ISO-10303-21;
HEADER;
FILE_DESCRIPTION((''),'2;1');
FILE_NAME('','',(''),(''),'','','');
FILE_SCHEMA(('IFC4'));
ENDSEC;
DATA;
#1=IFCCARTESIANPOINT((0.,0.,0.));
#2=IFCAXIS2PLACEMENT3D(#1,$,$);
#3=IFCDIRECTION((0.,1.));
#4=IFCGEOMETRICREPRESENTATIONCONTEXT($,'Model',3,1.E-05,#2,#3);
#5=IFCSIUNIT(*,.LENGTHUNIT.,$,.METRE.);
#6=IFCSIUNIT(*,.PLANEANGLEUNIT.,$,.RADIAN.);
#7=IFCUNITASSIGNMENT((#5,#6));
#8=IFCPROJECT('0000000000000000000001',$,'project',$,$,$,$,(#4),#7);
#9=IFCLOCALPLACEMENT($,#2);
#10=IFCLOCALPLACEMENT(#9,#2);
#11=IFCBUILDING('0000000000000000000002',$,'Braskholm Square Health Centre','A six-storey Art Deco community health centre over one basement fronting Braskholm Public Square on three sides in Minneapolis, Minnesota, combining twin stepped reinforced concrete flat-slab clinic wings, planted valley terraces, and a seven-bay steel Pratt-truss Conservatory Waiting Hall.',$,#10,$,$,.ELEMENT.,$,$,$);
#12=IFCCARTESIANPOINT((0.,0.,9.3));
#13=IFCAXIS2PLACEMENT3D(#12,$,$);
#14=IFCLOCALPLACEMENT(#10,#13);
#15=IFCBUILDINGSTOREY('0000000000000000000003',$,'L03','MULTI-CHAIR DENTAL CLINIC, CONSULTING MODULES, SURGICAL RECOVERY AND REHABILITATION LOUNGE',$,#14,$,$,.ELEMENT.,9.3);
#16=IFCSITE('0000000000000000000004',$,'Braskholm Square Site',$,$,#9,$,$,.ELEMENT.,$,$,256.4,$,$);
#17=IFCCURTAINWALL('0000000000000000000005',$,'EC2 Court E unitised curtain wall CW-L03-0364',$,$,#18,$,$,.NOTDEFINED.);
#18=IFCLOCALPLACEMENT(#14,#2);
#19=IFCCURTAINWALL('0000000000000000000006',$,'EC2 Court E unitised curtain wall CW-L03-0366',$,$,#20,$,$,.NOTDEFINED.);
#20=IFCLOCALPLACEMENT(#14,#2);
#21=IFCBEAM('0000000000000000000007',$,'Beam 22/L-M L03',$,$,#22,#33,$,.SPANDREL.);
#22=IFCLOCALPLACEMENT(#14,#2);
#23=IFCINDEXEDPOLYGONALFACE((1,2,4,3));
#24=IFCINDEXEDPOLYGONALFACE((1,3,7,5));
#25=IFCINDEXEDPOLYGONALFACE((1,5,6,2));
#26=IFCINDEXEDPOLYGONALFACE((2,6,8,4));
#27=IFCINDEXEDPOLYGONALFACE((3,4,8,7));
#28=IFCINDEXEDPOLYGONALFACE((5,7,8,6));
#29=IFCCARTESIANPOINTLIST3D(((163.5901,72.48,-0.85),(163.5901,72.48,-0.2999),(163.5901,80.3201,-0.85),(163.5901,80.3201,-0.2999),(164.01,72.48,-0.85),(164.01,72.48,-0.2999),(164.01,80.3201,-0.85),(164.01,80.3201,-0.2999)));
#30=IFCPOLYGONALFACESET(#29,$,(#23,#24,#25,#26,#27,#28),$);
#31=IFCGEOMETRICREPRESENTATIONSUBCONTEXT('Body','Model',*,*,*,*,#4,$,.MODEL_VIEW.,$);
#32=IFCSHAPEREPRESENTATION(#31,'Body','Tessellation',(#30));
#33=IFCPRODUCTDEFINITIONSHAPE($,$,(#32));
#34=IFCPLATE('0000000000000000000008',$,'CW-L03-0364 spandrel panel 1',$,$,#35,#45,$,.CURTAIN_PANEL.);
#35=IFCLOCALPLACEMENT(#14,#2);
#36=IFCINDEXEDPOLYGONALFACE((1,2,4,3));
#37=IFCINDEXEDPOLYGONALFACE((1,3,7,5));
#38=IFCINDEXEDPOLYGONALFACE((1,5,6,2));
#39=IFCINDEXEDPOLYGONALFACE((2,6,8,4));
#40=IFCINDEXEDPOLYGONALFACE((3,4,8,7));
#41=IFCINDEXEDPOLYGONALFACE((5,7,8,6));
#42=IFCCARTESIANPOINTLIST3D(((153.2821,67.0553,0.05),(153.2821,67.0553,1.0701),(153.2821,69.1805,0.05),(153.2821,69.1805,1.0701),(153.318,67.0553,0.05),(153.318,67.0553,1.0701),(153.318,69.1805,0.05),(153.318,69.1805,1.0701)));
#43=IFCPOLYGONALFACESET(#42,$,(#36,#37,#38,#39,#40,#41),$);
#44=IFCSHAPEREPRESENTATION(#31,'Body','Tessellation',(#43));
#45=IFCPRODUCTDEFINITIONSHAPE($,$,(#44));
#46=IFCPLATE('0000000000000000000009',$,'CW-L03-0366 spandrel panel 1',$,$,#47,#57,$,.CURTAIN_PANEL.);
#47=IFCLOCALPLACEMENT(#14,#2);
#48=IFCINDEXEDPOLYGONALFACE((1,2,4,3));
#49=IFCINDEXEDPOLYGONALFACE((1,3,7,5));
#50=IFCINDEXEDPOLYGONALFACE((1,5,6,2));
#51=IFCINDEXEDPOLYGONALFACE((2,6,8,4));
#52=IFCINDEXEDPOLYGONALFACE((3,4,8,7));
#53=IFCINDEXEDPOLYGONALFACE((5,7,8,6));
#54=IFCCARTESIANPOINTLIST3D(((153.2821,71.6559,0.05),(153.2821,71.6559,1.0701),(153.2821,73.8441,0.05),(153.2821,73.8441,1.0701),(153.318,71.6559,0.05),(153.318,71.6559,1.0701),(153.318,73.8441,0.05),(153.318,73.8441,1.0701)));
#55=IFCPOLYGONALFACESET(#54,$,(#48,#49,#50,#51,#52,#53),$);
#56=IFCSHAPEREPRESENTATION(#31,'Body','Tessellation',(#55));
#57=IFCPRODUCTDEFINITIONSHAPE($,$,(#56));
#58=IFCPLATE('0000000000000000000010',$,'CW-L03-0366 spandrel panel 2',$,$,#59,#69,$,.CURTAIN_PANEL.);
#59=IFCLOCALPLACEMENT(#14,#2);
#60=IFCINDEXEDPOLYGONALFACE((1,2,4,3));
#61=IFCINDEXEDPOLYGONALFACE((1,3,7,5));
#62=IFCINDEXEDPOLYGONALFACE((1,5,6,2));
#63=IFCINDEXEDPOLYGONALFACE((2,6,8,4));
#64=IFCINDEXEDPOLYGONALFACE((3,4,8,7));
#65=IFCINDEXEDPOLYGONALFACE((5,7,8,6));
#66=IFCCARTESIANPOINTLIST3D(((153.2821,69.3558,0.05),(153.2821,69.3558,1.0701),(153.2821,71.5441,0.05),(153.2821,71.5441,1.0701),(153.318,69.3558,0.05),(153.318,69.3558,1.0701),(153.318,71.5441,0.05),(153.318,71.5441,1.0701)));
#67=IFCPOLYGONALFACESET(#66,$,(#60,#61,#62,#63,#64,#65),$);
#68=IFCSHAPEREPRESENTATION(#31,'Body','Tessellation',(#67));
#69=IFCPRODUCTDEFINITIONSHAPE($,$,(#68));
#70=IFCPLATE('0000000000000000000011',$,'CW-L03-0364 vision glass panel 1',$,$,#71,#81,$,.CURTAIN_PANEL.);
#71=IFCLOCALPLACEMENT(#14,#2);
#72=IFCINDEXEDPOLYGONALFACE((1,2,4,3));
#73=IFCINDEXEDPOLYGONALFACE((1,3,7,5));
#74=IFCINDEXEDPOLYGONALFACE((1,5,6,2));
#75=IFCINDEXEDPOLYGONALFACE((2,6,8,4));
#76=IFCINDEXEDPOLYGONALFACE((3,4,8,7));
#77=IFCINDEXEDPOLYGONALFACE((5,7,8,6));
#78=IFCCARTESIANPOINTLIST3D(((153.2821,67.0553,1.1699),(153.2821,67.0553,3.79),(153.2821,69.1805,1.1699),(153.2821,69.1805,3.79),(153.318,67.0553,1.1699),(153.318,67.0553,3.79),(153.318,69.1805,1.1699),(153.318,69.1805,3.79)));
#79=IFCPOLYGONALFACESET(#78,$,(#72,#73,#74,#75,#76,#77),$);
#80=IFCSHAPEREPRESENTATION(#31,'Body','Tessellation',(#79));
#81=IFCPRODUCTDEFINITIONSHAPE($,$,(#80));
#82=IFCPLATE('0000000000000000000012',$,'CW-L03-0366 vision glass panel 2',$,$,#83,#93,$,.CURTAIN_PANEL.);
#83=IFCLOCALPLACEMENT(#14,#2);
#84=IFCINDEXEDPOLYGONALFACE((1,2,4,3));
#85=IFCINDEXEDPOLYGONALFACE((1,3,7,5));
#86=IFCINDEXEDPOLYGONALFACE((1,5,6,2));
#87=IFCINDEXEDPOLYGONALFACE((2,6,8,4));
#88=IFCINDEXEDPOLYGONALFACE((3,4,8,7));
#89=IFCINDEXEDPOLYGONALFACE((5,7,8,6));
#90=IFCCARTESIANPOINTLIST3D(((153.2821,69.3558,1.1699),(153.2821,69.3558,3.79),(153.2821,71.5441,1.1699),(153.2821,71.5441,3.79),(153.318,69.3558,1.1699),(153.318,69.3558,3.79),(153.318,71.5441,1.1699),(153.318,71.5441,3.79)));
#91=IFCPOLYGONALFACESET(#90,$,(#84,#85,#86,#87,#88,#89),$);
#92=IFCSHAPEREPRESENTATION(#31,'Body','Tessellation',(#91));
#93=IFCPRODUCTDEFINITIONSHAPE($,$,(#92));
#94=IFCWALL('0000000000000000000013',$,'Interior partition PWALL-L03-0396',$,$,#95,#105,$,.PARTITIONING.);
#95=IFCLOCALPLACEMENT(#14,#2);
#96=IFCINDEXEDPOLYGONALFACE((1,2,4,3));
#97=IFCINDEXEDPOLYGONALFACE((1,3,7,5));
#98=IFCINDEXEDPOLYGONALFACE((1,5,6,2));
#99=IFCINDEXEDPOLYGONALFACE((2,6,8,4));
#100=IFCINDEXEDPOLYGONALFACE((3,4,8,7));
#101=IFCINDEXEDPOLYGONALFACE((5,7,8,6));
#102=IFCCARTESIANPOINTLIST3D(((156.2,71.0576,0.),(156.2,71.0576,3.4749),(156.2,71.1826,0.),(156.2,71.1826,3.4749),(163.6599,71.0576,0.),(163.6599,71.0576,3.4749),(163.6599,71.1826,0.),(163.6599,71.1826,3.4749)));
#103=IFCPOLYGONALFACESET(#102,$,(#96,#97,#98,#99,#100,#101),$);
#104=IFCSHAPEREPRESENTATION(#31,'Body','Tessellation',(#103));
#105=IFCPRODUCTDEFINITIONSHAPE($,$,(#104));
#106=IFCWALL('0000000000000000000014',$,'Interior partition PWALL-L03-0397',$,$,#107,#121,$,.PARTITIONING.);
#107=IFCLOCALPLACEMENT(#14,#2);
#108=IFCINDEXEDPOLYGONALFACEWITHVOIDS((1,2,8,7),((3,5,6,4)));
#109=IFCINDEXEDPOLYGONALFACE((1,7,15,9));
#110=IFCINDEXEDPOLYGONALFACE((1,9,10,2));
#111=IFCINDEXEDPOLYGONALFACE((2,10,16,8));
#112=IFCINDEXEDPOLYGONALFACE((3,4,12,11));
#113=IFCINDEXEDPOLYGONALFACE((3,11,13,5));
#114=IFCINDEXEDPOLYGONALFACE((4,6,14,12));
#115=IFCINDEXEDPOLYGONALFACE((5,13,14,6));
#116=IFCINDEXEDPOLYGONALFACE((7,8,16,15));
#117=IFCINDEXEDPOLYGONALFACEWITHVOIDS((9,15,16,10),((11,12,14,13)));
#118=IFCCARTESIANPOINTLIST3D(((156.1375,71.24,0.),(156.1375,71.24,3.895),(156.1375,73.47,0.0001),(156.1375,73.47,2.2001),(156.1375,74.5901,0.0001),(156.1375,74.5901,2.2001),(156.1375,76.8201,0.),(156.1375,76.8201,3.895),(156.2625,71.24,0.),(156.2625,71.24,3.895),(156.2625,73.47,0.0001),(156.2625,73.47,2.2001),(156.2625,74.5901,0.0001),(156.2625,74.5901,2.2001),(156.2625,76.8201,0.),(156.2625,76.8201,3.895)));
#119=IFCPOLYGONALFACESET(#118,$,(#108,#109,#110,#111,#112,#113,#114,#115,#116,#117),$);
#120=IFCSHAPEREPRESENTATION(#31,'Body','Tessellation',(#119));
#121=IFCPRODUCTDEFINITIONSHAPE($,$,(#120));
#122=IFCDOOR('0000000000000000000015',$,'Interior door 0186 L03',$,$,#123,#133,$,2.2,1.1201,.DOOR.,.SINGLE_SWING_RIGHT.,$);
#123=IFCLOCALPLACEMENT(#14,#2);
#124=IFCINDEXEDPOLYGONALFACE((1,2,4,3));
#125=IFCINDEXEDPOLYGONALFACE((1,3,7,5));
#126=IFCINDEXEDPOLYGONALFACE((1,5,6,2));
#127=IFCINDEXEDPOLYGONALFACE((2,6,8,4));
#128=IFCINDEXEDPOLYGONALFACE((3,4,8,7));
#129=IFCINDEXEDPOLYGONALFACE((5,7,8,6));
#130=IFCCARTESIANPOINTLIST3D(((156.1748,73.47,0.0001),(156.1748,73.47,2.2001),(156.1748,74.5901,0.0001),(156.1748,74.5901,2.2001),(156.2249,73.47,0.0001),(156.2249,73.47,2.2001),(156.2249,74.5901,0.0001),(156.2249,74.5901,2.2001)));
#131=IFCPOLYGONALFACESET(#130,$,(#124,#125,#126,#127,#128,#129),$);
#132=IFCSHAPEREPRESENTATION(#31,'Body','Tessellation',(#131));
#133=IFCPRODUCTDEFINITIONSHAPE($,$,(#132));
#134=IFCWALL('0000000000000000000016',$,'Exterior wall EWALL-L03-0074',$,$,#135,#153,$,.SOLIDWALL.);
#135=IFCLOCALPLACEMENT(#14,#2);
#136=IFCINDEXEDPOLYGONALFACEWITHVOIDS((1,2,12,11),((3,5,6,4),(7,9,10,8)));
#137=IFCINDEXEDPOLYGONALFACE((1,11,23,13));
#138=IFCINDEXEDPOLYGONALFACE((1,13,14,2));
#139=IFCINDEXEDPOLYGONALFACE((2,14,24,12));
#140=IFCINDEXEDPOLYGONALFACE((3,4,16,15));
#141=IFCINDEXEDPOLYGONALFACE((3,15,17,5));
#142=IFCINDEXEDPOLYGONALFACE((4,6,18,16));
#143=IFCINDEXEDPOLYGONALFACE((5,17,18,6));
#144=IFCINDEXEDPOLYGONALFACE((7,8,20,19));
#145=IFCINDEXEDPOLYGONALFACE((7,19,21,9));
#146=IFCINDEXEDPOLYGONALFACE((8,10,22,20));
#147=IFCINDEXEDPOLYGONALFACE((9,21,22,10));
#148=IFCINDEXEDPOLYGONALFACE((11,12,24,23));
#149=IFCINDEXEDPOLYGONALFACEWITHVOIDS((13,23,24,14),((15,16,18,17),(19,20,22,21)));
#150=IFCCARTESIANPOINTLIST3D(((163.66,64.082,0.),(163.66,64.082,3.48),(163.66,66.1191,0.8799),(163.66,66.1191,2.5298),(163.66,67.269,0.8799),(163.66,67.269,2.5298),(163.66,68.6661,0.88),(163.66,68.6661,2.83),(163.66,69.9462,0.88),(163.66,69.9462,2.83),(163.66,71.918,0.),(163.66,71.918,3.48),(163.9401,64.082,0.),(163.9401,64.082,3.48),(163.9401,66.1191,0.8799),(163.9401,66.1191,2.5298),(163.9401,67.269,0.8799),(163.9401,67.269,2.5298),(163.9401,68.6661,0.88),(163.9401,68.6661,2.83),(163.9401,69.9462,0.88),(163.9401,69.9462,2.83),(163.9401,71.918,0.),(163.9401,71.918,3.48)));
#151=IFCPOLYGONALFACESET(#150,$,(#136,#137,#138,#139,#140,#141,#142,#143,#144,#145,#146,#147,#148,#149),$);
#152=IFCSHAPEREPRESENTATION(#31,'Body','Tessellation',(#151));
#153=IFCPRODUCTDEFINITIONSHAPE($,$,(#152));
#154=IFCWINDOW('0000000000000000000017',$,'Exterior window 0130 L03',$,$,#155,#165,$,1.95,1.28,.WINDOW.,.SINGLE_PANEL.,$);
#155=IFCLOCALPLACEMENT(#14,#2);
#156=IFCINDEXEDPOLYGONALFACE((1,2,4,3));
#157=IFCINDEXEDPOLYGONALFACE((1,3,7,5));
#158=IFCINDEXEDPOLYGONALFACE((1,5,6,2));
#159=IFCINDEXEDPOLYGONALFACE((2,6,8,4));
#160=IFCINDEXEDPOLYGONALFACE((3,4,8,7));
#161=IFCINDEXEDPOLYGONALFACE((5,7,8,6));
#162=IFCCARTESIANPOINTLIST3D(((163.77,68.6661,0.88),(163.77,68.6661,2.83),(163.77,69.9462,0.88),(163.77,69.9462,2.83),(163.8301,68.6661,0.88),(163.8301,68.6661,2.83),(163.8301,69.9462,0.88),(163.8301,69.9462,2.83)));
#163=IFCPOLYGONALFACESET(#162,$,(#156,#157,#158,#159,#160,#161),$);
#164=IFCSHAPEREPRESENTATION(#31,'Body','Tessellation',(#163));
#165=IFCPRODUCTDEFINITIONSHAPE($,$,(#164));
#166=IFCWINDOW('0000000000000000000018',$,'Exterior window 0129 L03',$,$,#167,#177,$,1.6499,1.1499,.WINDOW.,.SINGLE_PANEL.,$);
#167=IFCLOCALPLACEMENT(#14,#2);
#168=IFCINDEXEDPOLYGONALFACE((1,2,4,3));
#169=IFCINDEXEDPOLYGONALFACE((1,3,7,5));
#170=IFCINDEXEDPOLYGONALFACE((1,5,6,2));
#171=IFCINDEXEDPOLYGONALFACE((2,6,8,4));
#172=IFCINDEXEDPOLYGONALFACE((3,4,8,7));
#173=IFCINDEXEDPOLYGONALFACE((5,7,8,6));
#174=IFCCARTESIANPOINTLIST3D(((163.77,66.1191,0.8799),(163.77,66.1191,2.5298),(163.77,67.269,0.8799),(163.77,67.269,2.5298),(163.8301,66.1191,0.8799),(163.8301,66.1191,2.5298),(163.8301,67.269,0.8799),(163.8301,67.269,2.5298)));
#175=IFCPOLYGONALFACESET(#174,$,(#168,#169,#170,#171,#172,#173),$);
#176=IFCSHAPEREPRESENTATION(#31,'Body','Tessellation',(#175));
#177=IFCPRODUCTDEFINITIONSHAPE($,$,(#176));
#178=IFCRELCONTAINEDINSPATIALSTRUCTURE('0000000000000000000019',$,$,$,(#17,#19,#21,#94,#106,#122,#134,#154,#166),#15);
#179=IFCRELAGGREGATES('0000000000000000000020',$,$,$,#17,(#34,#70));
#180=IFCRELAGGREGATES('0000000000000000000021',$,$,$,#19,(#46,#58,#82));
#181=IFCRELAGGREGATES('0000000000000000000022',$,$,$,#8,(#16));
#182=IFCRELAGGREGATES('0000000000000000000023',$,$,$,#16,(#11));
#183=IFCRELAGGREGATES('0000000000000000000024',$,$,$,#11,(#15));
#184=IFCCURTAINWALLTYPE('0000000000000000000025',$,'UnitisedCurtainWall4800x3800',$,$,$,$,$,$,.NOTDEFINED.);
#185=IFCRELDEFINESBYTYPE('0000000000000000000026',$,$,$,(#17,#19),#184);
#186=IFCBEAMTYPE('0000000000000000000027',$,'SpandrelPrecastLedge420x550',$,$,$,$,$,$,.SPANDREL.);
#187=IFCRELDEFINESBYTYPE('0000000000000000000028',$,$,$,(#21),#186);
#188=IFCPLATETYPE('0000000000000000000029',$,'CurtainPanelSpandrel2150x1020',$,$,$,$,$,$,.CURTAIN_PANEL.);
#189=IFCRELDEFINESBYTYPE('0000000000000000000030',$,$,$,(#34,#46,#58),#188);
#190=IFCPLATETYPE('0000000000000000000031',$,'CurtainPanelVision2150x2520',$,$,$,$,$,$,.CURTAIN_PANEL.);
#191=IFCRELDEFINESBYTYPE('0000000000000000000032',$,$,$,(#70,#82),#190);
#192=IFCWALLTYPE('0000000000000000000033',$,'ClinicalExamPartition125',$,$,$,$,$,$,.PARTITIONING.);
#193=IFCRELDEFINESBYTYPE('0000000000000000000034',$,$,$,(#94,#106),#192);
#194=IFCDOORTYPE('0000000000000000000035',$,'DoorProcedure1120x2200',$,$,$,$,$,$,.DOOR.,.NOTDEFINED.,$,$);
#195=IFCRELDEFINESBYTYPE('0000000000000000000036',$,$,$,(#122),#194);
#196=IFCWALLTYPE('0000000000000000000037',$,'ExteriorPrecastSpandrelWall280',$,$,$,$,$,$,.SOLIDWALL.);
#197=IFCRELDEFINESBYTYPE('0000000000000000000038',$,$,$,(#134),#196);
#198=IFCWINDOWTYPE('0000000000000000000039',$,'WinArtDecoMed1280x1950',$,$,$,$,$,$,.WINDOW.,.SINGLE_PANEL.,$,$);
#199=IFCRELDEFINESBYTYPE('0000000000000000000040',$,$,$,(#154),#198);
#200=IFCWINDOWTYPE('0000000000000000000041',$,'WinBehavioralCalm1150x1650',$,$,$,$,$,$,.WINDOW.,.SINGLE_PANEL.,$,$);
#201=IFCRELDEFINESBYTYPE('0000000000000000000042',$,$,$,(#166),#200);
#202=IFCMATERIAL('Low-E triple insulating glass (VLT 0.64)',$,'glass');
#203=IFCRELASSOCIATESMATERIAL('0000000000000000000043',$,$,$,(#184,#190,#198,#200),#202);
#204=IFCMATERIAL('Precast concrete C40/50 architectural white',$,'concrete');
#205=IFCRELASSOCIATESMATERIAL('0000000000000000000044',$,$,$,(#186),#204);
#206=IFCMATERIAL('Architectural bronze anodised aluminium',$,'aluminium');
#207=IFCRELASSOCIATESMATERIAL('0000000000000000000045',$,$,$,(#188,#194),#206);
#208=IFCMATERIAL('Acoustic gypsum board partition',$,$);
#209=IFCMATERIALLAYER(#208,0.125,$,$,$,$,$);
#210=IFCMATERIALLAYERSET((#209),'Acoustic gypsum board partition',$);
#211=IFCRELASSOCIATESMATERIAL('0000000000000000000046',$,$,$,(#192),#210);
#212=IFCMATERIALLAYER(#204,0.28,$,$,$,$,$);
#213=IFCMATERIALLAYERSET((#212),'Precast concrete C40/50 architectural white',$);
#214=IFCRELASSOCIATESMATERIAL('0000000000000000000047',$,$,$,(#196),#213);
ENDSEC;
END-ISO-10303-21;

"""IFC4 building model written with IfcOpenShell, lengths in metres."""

from ifc_helpers import new_model, si_unit, direction, frame, frame_2d, origin, origin_with_axes, origin_2d, place, context, subcontext, project, spatial, rectangle, extrude, material, layer, layer_set, material_profile, profile_set, type_object, element, fill, aggregate, save


model = new_model("IFC4")

# Units and contexts
model_context = context("Model", 3, precision=1e-05, world=origin(), true_north=direction((0.0, 1.0)))
body_context = subcontext(model_context, "Body", "Model", "MODEL_VIEW")
ifc_project = project(units=[si_unit("LENGTHUNIT", "METRE"), si_unit("PLANEANGLEUNIT", "RADIAN")], contexts=[model_context])

# Site, building, storey
site_placement = place(None, origin())
site = spatial("IfcSite", under=ifc_project, at=site_placement, Name="Braskholm Square Site", CompositionType="ELEMENT", RefElevation=256.4)
building_placement = place(site_placement, origin())
building = spatial("IfcBuilding", under=site, at=building_placement, Name="Braskholm Square Health Centre", Description="A six-storey Art Deco community health centre over one basement fronting Braskholm Public Square on three sides in Minneapolis, Minnesota, combining twin stepped reinforced concrete flat-slab clinic wings, planted valley terraces, and a seven-bay steel Pratt-truss Conservatory Waiting Hall.", CompositionType="ELEMENT")
storey_placement = place(building_placement, frame((0.0, 0.0, 9.3)))
storey = spatial("IfcBuildingStorey", under=building, at=storey_placement, Name="L03", Description="MULTI-CHAIR DENTAL CLINIC, CONSULTING MODULES, SURGICAL RECOVERY AND REHABILITATION LOUNGE", CompositionType="ELEMENT", Elevation=9.3)

# Shared definitions
ifc_material_1 = material(Name="Precast concrete C40/50 architectural white", Category="concrete")

# Curtain wall
ifc_material_2 = material(Name="Low-E triple insulating glass (VLT 0.64)", Category="glass")
curtain_wall_type_1 = type_object("IfcCurtainWallType", Name="UnitisedCurtainWall4800x3800", PredefinedType="NOTDEFINED", material=ifc_material_2)
curtain_wall_1_placement = place(storey_placement, origin())
curtain_wall_1 = element("IfcCurtainWall", 1, at=curtain_wall_1_placement, inside=storey, type_object=curtain_wall_type_1, Name="EC2 Court E unitised curtain wall CW-L03-0364", PredefinedType="NOTDEFINED")
ifc_material_3 = material(Name="Architectural bronze anodised aluminium", Category="aluminium")

# Curtain wall
curtain_wall_2_placement = place(storey_placement, origin())
curtain_wall_2 = element("IfcCurtainWall", 2, at=curtain_wall_2_placement, inside=storey, type_object=curtain_wall_type_1, Name="EC2 Court E unitised curtain wall CW-L03-0366", PredefinedType="NOTDEFINED")

# Beam
ifc_material_profile_1 = material_profile(ifc_material_1, rectangle(XDim=0.4199, YDim=0.55, at=origin_2d()), Name="RCB-420X550")
ifc_profile_set_1 = profile_set([ifc_material_profile_1], Name="Precast concrete C40/50 architectural white")
beam_type_1 = type_object("IfcBeamType", Name="SpandrelPrecastLedge420x550", PredefinedType="SPANDREL", material=ifc_profile_set_1)
beam_1_placement = place(storey_placement, frame((163.8, 72.48, -0.575), z_axis=(0.0, 1.0, 0.0), x_axis=(-1.0, 0.0, 0.0)))
element("IfcBeam", 3, at=beam_1_placement, inside=storey, type_object=beam_type_1, Name="Beam 22/L-M L03", PredefinedType="SPANDREL", context=body_context, shape_type="SweptSolid", body=[
    extrude(rectangle(XDim=0.4199, YDim=0.55, at=origin_2d()), origin(), (0.0, 0.0, 1.0), 7.8401),
])

# Plates
plate_type_1 = type_object("IfcPlateType", Name="CurtainPanelSpandrel2150x1020", PredefinedType="CURTAIN_PANEL", material=ifc_material_3)
plate_1_placement = place(storey_placement, frame((153.3, 68.1179, 0.05), z_axis=(0.0, 0.0, 1.0), x_axis=(0.0, -1.0, 0.0)))
plate_1 = element("IfcPlate", 4, at=plate_1_placement, type_object=plate_type_1, Name="CW-L03-0364 spandrel panel 1", PredefinedType="CURTAIN_PANEL", context=body_context, shape_type="SweptSolid", body=[
    extrude(rectangle(XDim=2.1252, YDim=0.0359, at=origin_2d()), origin(), (0.0, 0.0, 1.0), 1.02),
])
plate_2_placement = place(storey_placement, frame((153.3, 72.75, 0.05), z_axis=(0.0, 0.0, 1.0), x_axis=(0.0, -1.0, 0.0)))
plate_2 = element("IfcPlate", 5, at=plate_2_placement, type_object=plate_type_1, Name="CW-L03-0366 spandrel panel 1", PredefinedType="CURTAIN_PANEL", context=body_context, shape_type="SweptSolid", body=[
    extrude(rectangle(XDim=2.1882, YDim=0.0359, at=origin_2d()), origin(), (0.0, 0.0, 1.0), 1.02),
])
plate_3_placement = place(storey_placement, frame((153.3, 70.45, 0.05), z_axis=(0.0, 0.0, 1.0), x_axis=(0.0, -1.0, 0.0)))
plate_3 = element("IfcPlate", 6, at=plate_3_placement, type_object=plate_type_1, Name="CW-L03-0366 spandrel panel 2", PredefinedType="CURTAIN_PANEL", context=body_context, shape_type="SweptSolid", body=[
    extrude(rectangle(XDim=2.1882, YDim=0.0359, at=origin_2d()), origin(), (0.0, 0.0, 1.0), 1.02),
])
plate_type_2 = type_object("IfcPlateType", Name="CurtainPanelVision2150x2520", PredefinedType="CURTAIN_PANEL", material=ifc_material_2)
plate_4_placement = place(storey_placement, frame((153.3, 68.1179, 1.1699), z_axis=(0.0, 0.0, 1.0), x_axis=(0.0, -1.0, 0.0)))
plate_4 = element("IfcPlate", 7, at=plate_4_placement, type_object=plate_type_2, Name="CW-L03-0364 vision glass panel 1", PredefinedType="CURTAIN_PANEL", context=body_context, shape_type="SweptSolid", body=[
    extrude(rectangle(XDim=2.1252, YDim=0.0359, at=origin_2d()), origin(), (0.0, 0.0, 1.0), 2.6201),
])
aggregate(curtain_wall_1, [plate_1, plate_4])
plate_5_placement = place(storey_placement, frame((153.3, 70.45, 1.1699), z_axis=(0.0, 0.0, 1.0), x_axis=(0.0, -1.0, 0.0)))
plate_5 = element("IfcPlate", 8, at=plate_5_placement, type_object=plate_type_2, Name="CW-L03-0366 vision glass panel 2", PredefinedType="CURTAIN_PANEL", context=body_context, shape_type="SweptSolid", body=[
    extrude(rectangle(XDim=2.1882, YDim=0.0359, at=origin_2d()), origin(), (0.0, 0.0, 1.0), 2.6201),
])
aggregate(curtain_wall_2, [plate_2, plate_3, plate_5])

# Wall
ifc_material_4 = material(Name="Acoustic gypsum board partition")
ifc_layer_1 = layer(ifc_material_4, 0.125)
ifc_layer_set_1 = layer_set([ifc_layer_1], Name="Acoustic gypsum board partition")
wall_type_1 = type_object("IfcWallType", Name="ClinicalExamPartition125", PredefinedType="PARTITIONING", material=ifc_layer_set_1)
wall_1_placement = place(storey_placement, frame((156.2, 71.1201, 0.0), z_axis=(0.0, 0.0, 1.0), x_axis=(1.0, 0.0, 0.0)))
element("IfcWall", 9, at=wall_1_placement, inside=storey, type_object=wall_type_1, Name="Interior partition PWALL-L03-0396", PredefinedType="PARTITIONING", context=body_context, shape_type="SweptSolid", body=[
    extrude(rectangle(XDim=7.46, YDim=0.125, at=frame_2d((3.73, 0.0))), origin(), (0.0, 0.0, 1.0), 3.4749),
])

# Wall, opening, door
wall_2_placement = place(storey_placement, frame((156.2, 71.24, 0.0), z_axis=(0.0, 0.0, 1.0), x_axis=(0.0, 1.0, 0.0)))
wall_2 = element("IfcWall", 10, at=wall_2_placement, inside=storey, type_object=wall_type_1, Name="Interior partition PWALL-L03-0397", PredefinedType="PARTITIONING", context=body_context, shape_type="SweptSolid", body=[
    extrude(rectangle(XDim=5.5801, YDim=0.125, at=frame_2d((2.79, 0.0))), origin(), (0.0, 0.0, 1.0), 3.895),
])
opening_1_placement = place(wall_2_placement, frame((2.23, 0.0, 0.0)))
opening_1 = element("IfcOpeningElement", 11, at=opening_1_placement, cuts=wall_2, PredefinedType="OPENING", context=body_context, shape_type="SweptSolid", body=[
    extrude(rectangle(XDim=1.1201, YDim=2.2, at=frame_2d((0.5601, 1.1001))), frame((0.0, 0.0725, 0.0), z_axis=(0.0, -1.0, 0.0), x_axis=(1.0, 0.0, 0.0)), (0.0, 0.0, 1.0), 0.145),
])
door_type = type_object("IfcDoorType", Name="DoorProcedure1120x2200", OperationType="NOTDEFINED", PredefinedType="DOOR", material=ifc_material_3)
door_placement = place(opening_1_placement, frame((1.1201, 0.0, 0.0), z_axis=(0.0, 0.0, 1.0), x_axis=(-1.0, 0.0, 0.0)))
door = element("IfcDoor", 12, at=door_placement, inside=storey, type_object=door_type, Name="Interior door 0186 L03", OperationType="SINGLE_SWING_RIGHT", OverallHeight=2.2, OverallWidth=1.1201, PredefinedType="DOOR", context=body_context, shape_type="SweptSolid", body=[
    extrude(rectangle(XDim=1.1201, YDim=2.2, at=frame_2d((0.5601, 1.1001))), frame((0.0, 0.0249, 0.0), z_axis=(0.0, -1.0, 0.0), x_axis=(1.0, 0.0, 0.0)), (0.0, 0.0, 1.0), 0.05),
])
fill(opening_1, door)

# Wall, openings, windows
ifc_layer_2 = layer(ifc_material_1, 0.28)
ifc_layer_set_2 = layer_set([ifc_layer_2], Name="Precast concrete C40/50 architectural white")
wall_type_2 = type_object("IfcWallType", Name="ExteriorPrecastSpandrelWall280", PredefinedType="SOLIDWALL", material=ifc_layer_set_2)
wall_3_placement = place(storey_placement, frame((163.8, 64.082, 0.0), z_axis=(0.0, 0.0, 1.0), x_axis=(0.0, 1.0, 0.0)))
wall_3 = element("IfcWall", 13, at=wall_3_placement, inside=storey, type_object=wall_type_2, Name="Exterior wall EWALL-L03-0074", PredefinedType="SOLIDWALL", context=body_context, shape_type="SweptSolid", body=[
    extrude(rectangle(XDim=7.8359, YDim=0.28, at=frame_2d((3.918, 0.0))), origin(), (0.0, 0.0, 1.0), 3.48),
])
opening_2_placement = place(wall_3_placement, frame((2.0371, 0.0, 0.8799)))
opening_2 = element("IfcOpeningElement", 14, at=opening_2_placement, cuts=wall_3, PredefinedType="OPENING", context=body_context, shape_type="SweptSolid", body=[
    extrude(rectangle(XDim=1.1499, YDim=1.6499, at=frame_2d((0.575, 0.825))), frame((0.0, 0.1499, 0.0), z_axis=(0.0, -1.0, 0.0), x_axis=(1.0, 0.0, 0.0)), (0.0, 0.0, 1.0), 0.3),
])
opening_3_placement = place(wall_3_placement, frame((4.584, 0.0, 0.8799)))
opening_3 = element("IfcOpeningElement", 15, at=opening_3_placement, cuts=wall_3, PredefinedType="OPENING", context=body_context, shape_type="SweptSolid", body=[
    extrude(rectangle(XDim=1.28, YDim=1.95, at=frame_2d((0.6401, 0.9751))), frame((0.0, 0.1499, 0.0), z_axis=(0.0, -1.0, 0.0), x_axis=(1.0, 0.0, 0.0)), (0.0, 0.0, 1.0), 0.3),
])
window_type_1 = type_object("IfcWindowType", Name="WinArtDecoMed1280x1950", PartitioningType="SINGLE_PANEL", PredefinedType="WINDOW", material=ifc_material_2)
window_1_placement = place(opening_3_placement, origin_with_axes())
window_1 = element("IfcWindow", 16, at=window_1_placement, inside=storey, type_object=window_type_1, Name="Exterior window 0130 L03", OverallHeight=1.95, OverallWidth=1.28, PartitioningType="SINGLE_PANEL", PredefinedType="WINDOW", context=body_context, shape_type="SweptSolid", body=[
    extrude(rectangle(XDim=1.28, YDim=1.95, at=frame_2d((0.6401, 0.9751))), frame((0.0, 0.03, 0.0), z_axis=(0.0, -1.0, 0.0), x_axis=(1.0, 0.0, 0.0)), (0.0, 0.0, 1.0), 0.0601),
])
fill(opening_3, window_1)
window_type_2 = type_object("IfcWindowType", Name="WinBehavioralCalm1150x1650", PartitioningType="SINGLE_PANEL", PredefinedType="WINDOW", material=ifc_material_2)
window_2_placement = place(opening_2_placement, origin_with_axes())
window_2 = element("IfcWindow", 17, at=window_2_placement, inside=storey, type_object=window_type_2, Name="Exterior window 0129 L03", OverallHeight=1.6499, OverallWidth=1.1499, PartitioningType="SINGLE_PANEL", PredefinedType="WINDOW", context=body_context, shape_type="SweptSolid", body=[
    extrude(rectangle(XDim=1.1499, YDim=1.6499, at=frame_2d((0.575, 0.825))), frame((0.0, 0.03, 0.0), z_axis=(0.0, -1.0, 0.0), x_axis=(1.0, 0.0, 0.0)), (0.0, 0.0, 1.0), 0.0601),
])
fill(opening_2, window_2)

save(model, "model.ifc")
